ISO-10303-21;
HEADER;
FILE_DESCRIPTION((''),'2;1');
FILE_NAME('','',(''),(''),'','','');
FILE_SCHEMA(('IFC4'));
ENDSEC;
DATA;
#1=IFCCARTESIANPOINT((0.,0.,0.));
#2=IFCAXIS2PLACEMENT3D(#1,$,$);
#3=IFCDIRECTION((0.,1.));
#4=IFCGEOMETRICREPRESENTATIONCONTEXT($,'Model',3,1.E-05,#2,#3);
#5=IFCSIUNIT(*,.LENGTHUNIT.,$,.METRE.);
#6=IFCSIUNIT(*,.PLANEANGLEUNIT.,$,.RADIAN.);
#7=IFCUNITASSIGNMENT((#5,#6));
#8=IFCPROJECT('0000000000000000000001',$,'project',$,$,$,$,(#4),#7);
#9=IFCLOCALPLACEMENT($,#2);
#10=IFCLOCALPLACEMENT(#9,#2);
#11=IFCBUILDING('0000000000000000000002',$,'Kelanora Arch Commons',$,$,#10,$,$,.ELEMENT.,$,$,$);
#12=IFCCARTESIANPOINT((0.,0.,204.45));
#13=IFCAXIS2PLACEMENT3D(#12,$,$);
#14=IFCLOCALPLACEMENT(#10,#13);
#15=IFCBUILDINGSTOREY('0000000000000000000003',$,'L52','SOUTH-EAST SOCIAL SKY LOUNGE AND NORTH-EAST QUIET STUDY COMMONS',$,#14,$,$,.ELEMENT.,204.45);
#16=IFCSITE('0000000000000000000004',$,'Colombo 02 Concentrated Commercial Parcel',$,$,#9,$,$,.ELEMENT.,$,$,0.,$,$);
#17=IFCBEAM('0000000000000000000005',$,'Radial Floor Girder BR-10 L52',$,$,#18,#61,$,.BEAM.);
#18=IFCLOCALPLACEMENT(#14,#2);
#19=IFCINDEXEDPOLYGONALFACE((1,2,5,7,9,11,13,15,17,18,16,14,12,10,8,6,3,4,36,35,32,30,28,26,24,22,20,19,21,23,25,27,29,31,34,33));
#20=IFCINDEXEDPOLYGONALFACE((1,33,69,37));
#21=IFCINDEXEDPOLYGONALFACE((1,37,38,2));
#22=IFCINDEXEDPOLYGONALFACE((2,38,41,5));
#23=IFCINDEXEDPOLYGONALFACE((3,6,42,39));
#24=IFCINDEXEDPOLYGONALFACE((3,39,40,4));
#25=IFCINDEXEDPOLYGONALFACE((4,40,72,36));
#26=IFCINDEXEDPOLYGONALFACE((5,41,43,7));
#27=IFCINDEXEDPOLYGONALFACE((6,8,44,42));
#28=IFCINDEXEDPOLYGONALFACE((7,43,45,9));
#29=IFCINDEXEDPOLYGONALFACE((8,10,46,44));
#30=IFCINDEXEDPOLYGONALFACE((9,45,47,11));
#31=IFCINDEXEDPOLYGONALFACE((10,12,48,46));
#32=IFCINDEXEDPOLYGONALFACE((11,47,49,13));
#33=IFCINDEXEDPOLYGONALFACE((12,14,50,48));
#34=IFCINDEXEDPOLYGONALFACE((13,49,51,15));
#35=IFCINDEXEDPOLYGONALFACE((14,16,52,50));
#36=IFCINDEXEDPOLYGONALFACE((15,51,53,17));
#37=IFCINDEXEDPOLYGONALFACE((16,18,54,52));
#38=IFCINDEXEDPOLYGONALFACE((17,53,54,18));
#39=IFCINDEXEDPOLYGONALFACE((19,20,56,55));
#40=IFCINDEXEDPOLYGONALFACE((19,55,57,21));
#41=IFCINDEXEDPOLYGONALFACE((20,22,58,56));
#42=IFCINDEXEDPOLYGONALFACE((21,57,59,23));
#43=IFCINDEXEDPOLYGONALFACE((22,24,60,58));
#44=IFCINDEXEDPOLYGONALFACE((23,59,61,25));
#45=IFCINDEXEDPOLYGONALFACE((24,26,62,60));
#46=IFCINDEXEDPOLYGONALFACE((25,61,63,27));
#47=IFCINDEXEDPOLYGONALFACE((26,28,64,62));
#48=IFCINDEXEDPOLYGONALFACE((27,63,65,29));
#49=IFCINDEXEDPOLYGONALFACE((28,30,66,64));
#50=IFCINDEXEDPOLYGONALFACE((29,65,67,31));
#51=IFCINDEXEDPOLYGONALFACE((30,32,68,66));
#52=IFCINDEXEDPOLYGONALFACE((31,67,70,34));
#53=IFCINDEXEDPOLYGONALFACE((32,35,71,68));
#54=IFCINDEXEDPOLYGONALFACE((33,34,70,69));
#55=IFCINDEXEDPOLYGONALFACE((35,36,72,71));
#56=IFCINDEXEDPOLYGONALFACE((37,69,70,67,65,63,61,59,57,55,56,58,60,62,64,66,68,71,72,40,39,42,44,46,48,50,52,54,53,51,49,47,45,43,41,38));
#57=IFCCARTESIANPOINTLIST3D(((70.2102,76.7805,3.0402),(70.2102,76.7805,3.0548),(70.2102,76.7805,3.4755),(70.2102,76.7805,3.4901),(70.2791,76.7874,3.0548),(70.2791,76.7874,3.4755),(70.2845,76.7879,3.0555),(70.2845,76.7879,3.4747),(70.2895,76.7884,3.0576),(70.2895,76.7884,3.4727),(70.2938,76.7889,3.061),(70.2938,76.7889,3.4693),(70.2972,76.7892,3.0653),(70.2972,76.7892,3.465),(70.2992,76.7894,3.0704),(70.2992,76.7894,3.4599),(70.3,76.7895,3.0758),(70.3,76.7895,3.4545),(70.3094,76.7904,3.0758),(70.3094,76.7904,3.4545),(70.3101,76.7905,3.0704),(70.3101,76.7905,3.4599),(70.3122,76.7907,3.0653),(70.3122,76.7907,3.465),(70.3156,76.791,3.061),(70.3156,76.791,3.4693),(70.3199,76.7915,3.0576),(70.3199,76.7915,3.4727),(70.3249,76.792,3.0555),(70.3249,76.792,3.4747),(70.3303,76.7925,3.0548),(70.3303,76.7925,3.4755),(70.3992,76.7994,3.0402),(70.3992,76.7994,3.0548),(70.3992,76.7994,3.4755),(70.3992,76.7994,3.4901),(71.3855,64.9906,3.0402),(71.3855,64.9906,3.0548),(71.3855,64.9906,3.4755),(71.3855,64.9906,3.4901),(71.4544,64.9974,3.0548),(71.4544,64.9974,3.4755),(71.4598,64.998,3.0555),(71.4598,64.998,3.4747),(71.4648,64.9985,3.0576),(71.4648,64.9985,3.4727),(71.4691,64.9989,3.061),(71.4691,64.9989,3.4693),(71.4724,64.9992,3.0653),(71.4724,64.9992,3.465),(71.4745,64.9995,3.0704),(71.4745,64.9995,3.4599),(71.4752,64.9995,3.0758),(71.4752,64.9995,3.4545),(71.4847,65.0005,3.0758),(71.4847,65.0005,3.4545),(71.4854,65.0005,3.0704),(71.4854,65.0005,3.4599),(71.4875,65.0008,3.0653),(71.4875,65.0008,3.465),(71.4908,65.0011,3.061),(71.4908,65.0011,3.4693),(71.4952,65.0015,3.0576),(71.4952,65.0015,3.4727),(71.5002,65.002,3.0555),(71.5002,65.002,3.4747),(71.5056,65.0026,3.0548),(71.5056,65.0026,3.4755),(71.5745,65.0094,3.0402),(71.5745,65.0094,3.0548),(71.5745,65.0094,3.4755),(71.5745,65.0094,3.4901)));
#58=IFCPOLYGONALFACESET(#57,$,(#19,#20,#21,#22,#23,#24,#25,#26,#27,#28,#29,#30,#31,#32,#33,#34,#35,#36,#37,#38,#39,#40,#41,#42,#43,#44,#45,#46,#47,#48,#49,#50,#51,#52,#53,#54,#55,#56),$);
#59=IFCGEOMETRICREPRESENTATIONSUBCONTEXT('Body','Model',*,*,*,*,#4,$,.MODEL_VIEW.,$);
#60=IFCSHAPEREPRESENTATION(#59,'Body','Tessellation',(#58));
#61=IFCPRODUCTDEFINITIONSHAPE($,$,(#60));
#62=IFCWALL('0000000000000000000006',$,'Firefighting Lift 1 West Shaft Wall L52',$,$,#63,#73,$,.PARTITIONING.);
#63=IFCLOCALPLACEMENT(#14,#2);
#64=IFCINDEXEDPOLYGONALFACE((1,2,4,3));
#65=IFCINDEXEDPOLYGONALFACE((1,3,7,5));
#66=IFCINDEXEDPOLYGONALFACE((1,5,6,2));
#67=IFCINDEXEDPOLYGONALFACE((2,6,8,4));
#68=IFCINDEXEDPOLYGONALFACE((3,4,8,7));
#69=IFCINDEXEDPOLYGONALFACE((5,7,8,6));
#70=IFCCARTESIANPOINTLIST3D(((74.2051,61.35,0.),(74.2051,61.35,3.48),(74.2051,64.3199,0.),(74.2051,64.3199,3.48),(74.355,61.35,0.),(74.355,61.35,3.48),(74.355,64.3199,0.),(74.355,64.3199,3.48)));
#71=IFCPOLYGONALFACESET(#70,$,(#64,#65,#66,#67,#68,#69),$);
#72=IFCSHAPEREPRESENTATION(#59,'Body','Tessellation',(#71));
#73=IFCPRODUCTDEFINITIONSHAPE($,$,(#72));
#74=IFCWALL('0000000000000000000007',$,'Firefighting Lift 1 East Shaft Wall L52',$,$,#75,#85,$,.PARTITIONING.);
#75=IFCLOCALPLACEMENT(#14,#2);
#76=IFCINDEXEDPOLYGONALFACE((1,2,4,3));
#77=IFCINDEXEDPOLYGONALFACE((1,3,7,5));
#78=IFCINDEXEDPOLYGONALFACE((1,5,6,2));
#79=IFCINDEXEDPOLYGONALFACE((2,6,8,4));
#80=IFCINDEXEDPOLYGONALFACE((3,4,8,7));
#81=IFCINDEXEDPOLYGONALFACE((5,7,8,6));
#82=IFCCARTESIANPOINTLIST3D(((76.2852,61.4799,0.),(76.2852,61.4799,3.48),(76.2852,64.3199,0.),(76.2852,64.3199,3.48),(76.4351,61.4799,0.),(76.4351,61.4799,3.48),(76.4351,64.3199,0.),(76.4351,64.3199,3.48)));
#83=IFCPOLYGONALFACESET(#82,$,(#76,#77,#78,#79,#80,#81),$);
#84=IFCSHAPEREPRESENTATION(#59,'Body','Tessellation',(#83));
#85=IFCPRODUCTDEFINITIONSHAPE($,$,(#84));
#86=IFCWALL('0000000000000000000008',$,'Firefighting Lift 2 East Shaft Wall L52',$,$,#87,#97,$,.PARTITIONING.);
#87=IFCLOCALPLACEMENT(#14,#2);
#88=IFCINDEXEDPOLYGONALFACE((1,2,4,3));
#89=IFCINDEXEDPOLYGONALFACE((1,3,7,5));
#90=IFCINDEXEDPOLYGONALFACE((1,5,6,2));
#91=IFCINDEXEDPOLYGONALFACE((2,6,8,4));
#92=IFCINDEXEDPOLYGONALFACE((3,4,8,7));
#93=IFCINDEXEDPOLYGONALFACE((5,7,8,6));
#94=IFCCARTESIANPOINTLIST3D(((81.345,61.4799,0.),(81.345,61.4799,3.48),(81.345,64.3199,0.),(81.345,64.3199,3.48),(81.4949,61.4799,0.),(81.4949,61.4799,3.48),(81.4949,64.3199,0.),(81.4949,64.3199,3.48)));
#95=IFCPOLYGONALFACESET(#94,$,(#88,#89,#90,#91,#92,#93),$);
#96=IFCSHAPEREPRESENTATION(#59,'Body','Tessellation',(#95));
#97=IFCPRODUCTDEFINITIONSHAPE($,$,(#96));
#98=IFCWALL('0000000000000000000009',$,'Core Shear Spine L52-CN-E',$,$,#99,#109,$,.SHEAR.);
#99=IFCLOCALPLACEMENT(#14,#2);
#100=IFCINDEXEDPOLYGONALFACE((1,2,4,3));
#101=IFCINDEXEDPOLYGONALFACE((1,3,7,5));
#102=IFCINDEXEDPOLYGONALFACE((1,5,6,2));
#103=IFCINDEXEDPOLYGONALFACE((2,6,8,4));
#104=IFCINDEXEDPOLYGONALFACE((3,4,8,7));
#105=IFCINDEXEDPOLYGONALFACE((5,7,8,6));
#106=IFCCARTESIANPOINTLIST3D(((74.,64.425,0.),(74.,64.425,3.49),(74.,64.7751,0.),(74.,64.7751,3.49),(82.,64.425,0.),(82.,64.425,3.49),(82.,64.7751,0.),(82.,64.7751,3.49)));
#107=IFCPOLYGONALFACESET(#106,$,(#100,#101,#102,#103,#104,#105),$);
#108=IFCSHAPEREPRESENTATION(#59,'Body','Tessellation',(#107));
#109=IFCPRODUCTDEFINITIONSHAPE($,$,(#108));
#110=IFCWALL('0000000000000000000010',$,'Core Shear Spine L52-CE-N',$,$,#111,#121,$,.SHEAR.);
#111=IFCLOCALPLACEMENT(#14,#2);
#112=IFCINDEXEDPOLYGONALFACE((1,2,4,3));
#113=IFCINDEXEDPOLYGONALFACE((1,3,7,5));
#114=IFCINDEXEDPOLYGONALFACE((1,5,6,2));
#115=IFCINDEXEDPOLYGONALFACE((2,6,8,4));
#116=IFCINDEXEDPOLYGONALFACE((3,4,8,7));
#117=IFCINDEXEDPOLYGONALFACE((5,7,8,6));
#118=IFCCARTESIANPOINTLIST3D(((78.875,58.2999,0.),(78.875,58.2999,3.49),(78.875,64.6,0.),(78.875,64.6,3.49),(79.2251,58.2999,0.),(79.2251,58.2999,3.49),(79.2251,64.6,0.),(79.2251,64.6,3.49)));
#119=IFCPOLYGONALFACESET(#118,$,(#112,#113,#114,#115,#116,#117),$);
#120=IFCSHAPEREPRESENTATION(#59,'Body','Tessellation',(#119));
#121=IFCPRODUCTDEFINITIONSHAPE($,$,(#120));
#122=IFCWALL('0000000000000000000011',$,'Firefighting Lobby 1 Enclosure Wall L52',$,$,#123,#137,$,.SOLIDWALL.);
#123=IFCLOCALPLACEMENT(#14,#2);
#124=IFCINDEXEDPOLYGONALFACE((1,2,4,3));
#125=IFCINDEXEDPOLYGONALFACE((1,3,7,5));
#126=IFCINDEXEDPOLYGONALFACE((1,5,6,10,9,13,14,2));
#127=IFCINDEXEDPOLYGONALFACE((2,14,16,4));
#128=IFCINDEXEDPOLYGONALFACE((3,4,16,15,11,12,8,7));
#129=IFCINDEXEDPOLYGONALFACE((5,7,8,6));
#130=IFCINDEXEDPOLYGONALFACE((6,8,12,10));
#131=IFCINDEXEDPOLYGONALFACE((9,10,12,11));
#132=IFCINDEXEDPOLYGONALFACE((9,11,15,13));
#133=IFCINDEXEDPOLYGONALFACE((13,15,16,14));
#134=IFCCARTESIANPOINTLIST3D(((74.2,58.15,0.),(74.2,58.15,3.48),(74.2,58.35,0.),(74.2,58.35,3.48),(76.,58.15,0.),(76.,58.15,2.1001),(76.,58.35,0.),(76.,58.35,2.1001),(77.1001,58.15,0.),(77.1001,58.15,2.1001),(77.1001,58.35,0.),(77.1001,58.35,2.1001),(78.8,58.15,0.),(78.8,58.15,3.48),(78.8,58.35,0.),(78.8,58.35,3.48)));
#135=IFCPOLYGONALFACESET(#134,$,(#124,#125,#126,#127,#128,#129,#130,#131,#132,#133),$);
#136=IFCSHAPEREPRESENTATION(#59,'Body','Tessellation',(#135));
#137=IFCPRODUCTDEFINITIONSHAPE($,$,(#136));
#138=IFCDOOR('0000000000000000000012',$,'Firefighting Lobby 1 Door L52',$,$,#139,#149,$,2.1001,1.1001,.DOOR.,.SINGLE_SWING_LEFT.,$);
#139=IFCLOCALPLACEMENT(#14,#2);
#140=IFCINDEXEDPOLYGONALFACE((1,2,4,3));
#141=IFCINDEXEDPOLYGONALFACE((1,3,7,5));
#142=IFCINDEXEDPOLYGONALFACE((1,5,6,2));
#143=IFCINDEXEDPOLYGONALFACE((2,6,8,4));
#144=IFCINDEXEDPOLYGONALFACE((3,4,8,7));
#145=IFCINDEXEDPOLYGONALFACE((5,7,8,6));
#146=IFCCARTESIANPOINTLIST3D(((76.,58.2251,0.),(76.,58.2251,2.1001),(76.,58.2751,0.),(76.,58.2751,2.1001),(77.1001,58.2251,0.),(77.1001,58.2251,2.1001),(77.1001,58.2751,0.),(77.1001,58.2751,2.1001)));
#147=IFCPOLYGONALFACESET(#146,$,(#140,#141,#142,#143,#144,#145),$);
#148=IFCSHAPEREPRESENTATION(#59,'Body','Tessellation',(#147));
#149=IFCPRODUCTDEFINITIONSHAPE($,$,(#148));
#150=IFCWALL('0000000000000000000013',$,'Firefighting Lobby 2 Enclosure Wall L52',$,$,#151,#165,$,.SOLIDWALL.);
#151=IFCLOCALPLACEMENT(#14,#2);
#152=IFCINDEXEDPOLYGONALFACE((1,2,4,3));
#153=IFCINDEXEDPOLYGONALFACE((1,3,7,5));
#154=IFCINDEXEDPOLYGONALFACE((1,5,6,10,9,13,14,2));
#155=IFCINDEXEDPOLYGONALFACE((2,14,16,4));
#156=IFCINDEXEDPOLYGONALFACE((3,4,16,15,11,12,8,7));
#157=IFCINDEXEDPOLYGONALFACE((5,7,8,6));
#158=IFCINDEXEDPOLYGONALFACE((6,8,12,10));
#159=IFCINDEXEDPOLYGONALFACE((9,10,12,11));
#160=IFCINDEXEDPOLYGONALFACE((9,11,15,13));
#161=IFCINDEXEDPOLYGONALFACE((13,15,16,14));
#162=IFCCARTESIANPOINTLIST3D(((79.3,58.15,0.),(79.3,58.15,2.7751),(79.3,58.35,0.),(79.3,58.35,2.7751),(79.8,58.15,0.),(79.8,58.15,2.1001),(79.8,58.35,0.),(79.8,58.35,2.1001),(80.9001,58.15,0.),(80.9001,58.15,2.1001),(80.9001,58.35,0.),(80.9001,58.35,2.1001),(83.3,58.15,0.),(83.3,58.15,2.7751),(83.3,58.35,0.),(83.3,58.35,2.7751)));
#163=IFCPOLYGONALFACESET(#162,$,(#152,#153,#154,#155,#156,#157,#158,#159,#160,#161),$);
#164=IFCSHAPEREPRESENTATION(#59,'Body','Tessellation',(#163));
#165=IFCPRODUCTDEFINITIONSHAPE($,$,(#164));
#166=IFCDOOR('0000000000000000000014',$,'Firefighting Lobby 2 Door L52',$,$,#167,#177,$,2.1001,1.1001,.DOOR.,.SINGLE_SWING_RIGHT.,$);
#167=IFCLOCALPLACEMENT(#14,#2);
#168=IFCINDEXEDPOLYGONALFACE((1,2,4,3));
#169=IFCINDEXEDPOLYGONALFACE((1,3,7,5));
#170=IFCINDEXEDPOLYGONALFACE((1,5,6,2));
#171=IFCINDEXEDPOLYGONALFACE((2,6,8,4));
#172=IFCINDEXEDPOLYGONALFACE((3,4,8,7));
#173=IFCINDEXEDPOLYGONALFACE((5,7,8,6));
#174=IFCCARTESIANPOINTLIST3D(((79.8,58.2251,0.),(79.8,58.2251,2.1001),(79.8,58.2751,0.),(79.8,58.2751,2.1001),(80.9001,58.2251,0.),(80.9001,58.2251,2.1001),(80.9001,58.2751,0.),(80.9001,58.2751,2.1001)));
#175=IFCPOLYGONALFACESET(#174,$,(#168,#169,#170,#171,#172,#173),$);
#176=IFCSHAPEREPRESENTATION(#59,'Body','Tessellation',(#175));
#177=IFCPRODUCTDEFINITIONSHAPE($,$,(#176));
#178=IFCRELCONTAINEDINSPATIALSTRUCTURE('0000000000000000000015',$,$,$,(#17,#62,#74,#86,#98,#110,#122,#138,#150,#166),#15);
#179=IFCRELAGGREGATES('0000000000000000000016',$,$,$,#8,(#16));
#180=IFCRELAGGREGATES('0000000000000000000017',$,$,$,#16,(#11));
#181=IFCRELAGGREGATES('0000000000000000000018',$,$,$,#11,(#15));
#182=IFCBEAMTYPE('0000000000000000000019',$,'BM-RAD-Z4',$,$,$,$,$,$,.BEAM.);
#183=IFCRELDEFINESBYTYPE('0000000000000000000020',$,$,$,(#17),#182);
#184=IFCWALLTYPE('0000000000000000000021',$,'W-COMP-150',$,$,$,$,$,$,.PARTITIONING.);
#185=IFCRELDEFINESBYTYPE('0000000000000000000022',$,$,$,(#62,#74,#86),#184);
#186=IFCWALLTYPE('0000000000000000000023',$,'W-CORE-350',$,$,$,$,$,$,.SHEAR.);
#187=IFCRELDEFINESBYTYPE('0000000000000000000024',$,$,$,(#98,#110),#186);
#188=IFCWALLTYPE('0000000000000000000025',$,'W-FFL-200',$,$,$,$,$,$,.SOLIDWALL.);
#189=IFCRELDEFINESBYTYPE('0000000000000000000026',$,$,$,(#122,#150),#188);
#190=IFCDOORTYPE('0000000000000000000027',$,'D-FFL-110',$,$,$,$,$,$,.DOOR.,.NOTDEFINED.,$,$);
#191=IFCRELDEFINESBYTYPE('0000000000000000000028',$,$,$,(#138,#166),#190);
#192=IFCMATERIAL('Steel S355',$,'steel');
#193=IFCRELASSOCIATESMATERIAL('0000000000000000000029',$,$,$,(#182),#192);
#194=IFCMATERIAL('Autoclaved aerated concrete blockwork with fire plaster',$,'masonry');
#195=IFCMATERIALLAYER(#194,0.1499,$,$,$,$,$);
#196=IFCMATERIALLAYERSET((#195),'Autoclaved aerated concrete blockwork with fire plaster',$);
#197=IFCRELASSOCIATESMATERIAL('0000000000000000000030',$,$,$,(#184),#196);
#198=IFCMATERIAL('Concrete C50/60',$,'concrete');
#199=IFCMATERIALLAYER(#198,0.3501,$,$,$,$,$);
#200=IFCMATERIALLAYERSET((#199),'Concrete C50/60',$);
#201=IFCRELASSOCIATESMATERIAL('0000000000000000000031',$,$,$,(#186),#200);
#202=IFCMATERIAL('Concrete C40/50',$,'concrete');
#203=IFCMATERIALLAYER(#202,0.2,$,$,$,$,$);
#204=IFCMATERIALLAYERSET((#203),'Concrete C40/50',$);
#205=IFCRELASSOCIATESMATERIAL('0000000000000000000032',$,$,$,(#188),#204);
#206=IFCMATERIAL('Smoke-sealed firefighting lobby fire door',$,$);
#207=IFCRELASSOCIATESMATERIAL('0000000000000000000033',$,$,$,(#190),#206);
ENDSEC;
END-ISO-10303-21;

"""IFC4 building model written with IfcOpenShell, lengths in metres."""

from ifc_helpers import new_model, si_unit, direction, frame, frame_2d, origin, origin_2d, place, context, subcontext, project, spatial, rectangle, i_section, extrude, material, layer, layer_set, material_profile, profile_set, type_object, element, fill, save


model = new_model("IFC4")

# Units and contexts
model_context = context("Model", 3, precision=1e-05, world=origin(), true_north=direction((0.0, 1.0)))
body_context = subcontext(model_context, "Body", "Model", "MODEL_VIEW")
ifc_project = project(units=[si_unit("LENGTHUNIT", "METRE"), si_unit("PLANEANGLEUNIT", "RADIAN")], contexts=[model_context])

# Site, building, storey
site_placement = place(None, origin())
site = spatial("IfcSite", under=ifc_project, at=site_placement, Name="Colombo 02 Concentrated Commercial Parcel", CompositionType="ELEMENT", RefElevation=0.0)
building_placement = place(site_placement, origin())
building = spatial("IfcBuilding", under=site, at=building_placement, Name="Kelanora Arch Commons", CompositionType="ELEMENT")
storey_placement = place(building_placement, frame((0.0, 0.0, 204.45)))
storey = spatial("IfcBuildingStorey", under=building, at=storey_placement, Name="L52", Description="SOUTH-EAST SOCIAL SKY LOUNGE AND NORTH-EAST QUIET STUDY COMMONS", CompositionType="ELEMENT", Elevation=204.45)

# Beam
ifc_material_1 = material(Name="Steel S355", Category="steel")
ifc_material_profile_1 = material_profile(ifc_material_1, i_section(OverallWidth=0.1899, OverallDepth=0.45, WebThickness=0.0095, FlangeThickness=0.0146, FilletRadius=0.021, at=origin_2d()), Name="IPE450")
ifc_profile_set_1 = profile_set([ifc_material_profile_1], Name="Steel S355")
beam_type_1 = type_object("IfcBeamType", Name="BM-RAD-Z4", PredefinedType="BEAM", material=ifc_profile_set_1)
beam_1_placement = place(storey_placement, frame((71.48, 65.0, 3.2651), z_axis=(-0.099194, 0.995068, 0.0), x_axis=(-0.995068, -0.099194, 0.0)))
element("IfcBeam", 1, at=beam_1_placement, inside=storey, type_object=beam_type_1, Name="Radial Floor Girder BR-10 L52", PredefinedType="BEAM", context=body_context, shape_type="SweptSolid", body=[
    extrude(i_section(OverallWidth=0.1899, OverallDepth=0.45, WebThickness=0.0095, FlangeThickness=0.0146, FilletRadius=0.021, at=origin_2d()), origin(), (0.0, 0.0, 1.0), 11.8484),
])

# Walls
ifc_material_2 = material(Name="Autoclaved aerated concrete blockwork with fire plaster", Category="masonry")
ifc_layer_1 = layer(ifc_material_2, 0.1499)
ifc_layer_set_1 = layer_set([ifc_layer_1], Name="Autoclaved aerated concrete blockwork with fire plaster")
wall_type_1 = type_object("IfcWallType", Name="W-COMP-150", PredefinedType="PARTITIONING", material=ifc_layer_set_1)
wall_1_placement = place(storey_placement, frame((74.28, 61.3501, 0.0), z_axis=(0.0, 0.0, 1.0), x_axis=(0.0, 1.0, 0.0)))
element("IfcWall", 2, at=wall_1_placement, inside=storey, type_object=wall_type_1, Name="Firefighting Lift 1 West Shaft Wall L52", PredefinedType="PARTITIONING", context=body_context, shape_type="SweptSolid", body=[
    extrude(rectangle(XDim=2.97, YDim=0.1499, at=frame_2d((1.4849, 0.0))), origin(), (0.0, 0.0, 1.0), 3.48),
])
for number, where, z_axis, x_axis, name in (
    (3, (76.3601, 61.48, 0.0), (0.0, 0.0, 1.0), (0.0, 1.0, 0.0), "Firefighting Lift 1 East Shaft Wall L52"),
    (4, (81.4199, 61.48, 0.0), (0.0, 0.0, 1.0), (0.0, 1.0, 0.0), "Firefighting Lift 2 East Shaft Wall L52"),
):
    element("IfcWall", number, at=place(storey_placement, frame(where, z_axis=z_axis, x_axis=x_axis)), inside=storey, type_object=wall_type_1, Name=name, PredefinedType="PARTITIONING", context=body_context, shape_type="SweptSolid", body=[
        extrude(rectangle(XDim=2.8401, YDim=0.1499, at=frame_2d((1.4199, 0.0))), origin(), (0.0, 0.0, 1.0), 3.48),
    ])
ifc_material_3 = material(Name="Concrete C50/60", Category="concrete")
ifc_layer_2 = layer(ifc_material_3, 0.3501)
ifc_layer_set_2 = layer_set([ifc_layer_2], Name="Concrete C50/60")
wall_type_2 = type_object("IfcWallType", Name="W-CORE-350", PredefinedType="SHEAR", material=ifc_layer_set_2)
wall_2_placement = place(storey_placement, frame((74.0, 64.6001, 0.0), z_axis=(0.0, 0.0, 1.0), x_axis=(1.0, 0.0, 0.0)))
element("IfcWall", 5, at=wall_2_placement, inside=storey, type_object=wall_type_2, Name="Core Shear Spine L52-CN-E", PredefinedType="SHEAR", context=body_context, shape_type="SweptSolid", body=[
    extrude(rectangle(XDim=8.0, YDim=0.3501, at=frame_2d((4.0, 0.0))), origin(), (0.0, 0.0, 1.0), 3.49),
])
wall_3_placement = place(storey_placement, frame((79.05, 58.3, 0.0), z_axis=(0.0, 0.0, 1.0), x_axis=(0.0, 1.0, 0.0)))
element("IfcWall", 6, at=wall_3_placement, inside=storey, type_object=wall_type_2, Name="Core Shear Spine L52-CE-N", PredefinedType="SHEAR", context=body_context, shape_type="SweptSolid", body=[
    extrude(rectangle(XDim=6.3, YDim=0.3501, at=frame_2d((3.1499, 0.0))), origin(), (0.0, 0.0, 1.0), 3.49),
])

# Walls, openings, doors
ifc_material_4 = material(Name="Concrete C40/50", Category="concrete")
ifc_layer_3 = layer(ifc_material_4, 0.2)
ifc_layer_set_3 = layer_set([ifc_layer_3], Name="Concrete C40/50")
wall_type_3 = type_object("IfcWallType", Name="W-FFL-200", PredefinedType="SOLIDWALL", material=ifc_layer_set_3)
wall_4_placement = place(storey_placement, frame((74.2, 58.25, 0.0), z_axis=(0.0, 0.0, 1.0), x_axis=(1.0, 0.0, 0.0)))
wall_4 = element("IfcWall", 7, at=wall_4_placement, inside=storey, type_object=wall_type_3, Name="Firefighting Lobby 1 Enclosure Wall L52", PredefinedType="SOLIDWALL", context=body_context, shape_type="SweptSolid", body=[
    extrude(rectangle(XDim=4.6001, YDim=0.2, at=frame_2d((2.3, 0.0))), origin(), (0.0, 0.0, 1.0), 3.48),
])
opening_1_placement = place(wall_4_placement, frame((1.8, 0.0, 0.0)))
opening_1 = element("IfcOpeningElement", 8, at=opening_1_placement, cuts=wall_4, PredefinedType="OPENING", context=body_context, shape_type="SweptSolid", body=[
    extrude(rectangle(XDim=1.1001, YDim=2.1001, at=frame_2d((0.55, 1.05))), frame((0.0, 0.1099, 0.0), z_axis=(0.0, -1.0, 0.0), x_axis=(1.0, 0.0, 0.0)), (0.0, 0.0, 1.0), 0.22),
])
ifc_material_5 = material(Name="Smoke-sealed firefighting lobby fire door")
door_type_1 = type_object("IfcDoorType", Name="D-FFL-110", OperationType="NOTDEFINED", PredefinedType="DOOR", material=ifc_material_5)
door_1_placement = place(opening_1_placement, frame((1.1001, 0.0, 0.0), z_axis=(0.0, 0.0, 1.0), x_axis=(-1.0, 0.0, 0.0)))
door_1 = element("IfcDoor", 9, at=door_1_placement, inside=storey, type_object=door_type_1, Name="Firefighting Lobby 1 Door L52", OperationType="SINGLE_SWING_LEFT", OverallHeight=2.1001, OverallWidth=1.1001, PredefinedType="DOOR", context=body_context, shape_type="SweptSolid", body=[
    extrude(rectangle(XDim=1.1001, YDim=2.1001, at=frame_2d((0.55, 1.05))), frame((0.0, 0.0249, 0.0), z_axis=(0.0, -1.0, 0.0), x_axis=(1.0, 0.0, 0.0)), (0.0, 0.0, 1.0), 0.05),
])
fill(opening_1, door_1)
wall_5_placement = place(storey_placement, frame((79.3, 58.25, 0.0), z_axis=(0.0, 0.0, 1.0), x_axis=(1.0, 0.0, 0.0)))
wall_5 = element("IfcWall", 10, at=wall_5_placement, inside=storey, type_object=wall_type_3, Name="Firefighting Lobby 2 Enclosure Wall L52", PredefinedType="SOLIDWALL", context=body_context, shape_type="SweptSolid", body=[
    extrude(rectangle(XDim=4.0, YDim=0.2, at=frame_2d((2.0, 0.0))), origin(), (0.0, 0.0, 1.0), 2.7751),
])
opening_2_placement = place(wall_5_placement, frame((0.5, 0.0, 0.0)))
opening_2 = element("IfcOpeningElement", 11, at=opening_2_placement, cuts=wall_5, PredefinedType="OPENING", context=body_context, shape_type="SweptSolid", body=[
    extrude(rectangle(XDim=1.1001, YDim=2.1001, at=frame_2d((0.55, 1.05))), frame((0.0, 0.1099, 0.0), z_axis=(0.0, -1.0, 0.0), x_axis=(1.0, 0.0, 0.0)), (0.0, 0.0, 1.0), 0.22),
])
door_2_placement = place(opening_2_placement, frame((1.1001, 0.0, 0.0), z_axis=(0.0, 0.0, 1.0), x_axis=(-1.0, 0.0, 0.0)))
door_2 = element("IfcDoor", 12, at=door_2_placement, inside=storey, type_object=door_type_1, Name="Firefighting Lobby 2 Door L52", OperationType="SINGLE_SWING_RIGHT", OverallHeight=2.1001, OverallWidth=1.1001, PredefinedType="DOOR", context=body_context, shape_type="SweptSolid", body=[
    extrude(rectangle(XDim=1.1001, YDim=2.1001, at=frame_2d((0.55, 1.05))), frame((0.0, 0.0249, 0.0), z_axis=(0.0, -1.0, 0.0), x_axis=(1.0, 0.0, 0.0)), (0.0, 0.0, 1.0), 0.05),
])
fill(opening_2, door_2)

save(model, "model.ifc")
